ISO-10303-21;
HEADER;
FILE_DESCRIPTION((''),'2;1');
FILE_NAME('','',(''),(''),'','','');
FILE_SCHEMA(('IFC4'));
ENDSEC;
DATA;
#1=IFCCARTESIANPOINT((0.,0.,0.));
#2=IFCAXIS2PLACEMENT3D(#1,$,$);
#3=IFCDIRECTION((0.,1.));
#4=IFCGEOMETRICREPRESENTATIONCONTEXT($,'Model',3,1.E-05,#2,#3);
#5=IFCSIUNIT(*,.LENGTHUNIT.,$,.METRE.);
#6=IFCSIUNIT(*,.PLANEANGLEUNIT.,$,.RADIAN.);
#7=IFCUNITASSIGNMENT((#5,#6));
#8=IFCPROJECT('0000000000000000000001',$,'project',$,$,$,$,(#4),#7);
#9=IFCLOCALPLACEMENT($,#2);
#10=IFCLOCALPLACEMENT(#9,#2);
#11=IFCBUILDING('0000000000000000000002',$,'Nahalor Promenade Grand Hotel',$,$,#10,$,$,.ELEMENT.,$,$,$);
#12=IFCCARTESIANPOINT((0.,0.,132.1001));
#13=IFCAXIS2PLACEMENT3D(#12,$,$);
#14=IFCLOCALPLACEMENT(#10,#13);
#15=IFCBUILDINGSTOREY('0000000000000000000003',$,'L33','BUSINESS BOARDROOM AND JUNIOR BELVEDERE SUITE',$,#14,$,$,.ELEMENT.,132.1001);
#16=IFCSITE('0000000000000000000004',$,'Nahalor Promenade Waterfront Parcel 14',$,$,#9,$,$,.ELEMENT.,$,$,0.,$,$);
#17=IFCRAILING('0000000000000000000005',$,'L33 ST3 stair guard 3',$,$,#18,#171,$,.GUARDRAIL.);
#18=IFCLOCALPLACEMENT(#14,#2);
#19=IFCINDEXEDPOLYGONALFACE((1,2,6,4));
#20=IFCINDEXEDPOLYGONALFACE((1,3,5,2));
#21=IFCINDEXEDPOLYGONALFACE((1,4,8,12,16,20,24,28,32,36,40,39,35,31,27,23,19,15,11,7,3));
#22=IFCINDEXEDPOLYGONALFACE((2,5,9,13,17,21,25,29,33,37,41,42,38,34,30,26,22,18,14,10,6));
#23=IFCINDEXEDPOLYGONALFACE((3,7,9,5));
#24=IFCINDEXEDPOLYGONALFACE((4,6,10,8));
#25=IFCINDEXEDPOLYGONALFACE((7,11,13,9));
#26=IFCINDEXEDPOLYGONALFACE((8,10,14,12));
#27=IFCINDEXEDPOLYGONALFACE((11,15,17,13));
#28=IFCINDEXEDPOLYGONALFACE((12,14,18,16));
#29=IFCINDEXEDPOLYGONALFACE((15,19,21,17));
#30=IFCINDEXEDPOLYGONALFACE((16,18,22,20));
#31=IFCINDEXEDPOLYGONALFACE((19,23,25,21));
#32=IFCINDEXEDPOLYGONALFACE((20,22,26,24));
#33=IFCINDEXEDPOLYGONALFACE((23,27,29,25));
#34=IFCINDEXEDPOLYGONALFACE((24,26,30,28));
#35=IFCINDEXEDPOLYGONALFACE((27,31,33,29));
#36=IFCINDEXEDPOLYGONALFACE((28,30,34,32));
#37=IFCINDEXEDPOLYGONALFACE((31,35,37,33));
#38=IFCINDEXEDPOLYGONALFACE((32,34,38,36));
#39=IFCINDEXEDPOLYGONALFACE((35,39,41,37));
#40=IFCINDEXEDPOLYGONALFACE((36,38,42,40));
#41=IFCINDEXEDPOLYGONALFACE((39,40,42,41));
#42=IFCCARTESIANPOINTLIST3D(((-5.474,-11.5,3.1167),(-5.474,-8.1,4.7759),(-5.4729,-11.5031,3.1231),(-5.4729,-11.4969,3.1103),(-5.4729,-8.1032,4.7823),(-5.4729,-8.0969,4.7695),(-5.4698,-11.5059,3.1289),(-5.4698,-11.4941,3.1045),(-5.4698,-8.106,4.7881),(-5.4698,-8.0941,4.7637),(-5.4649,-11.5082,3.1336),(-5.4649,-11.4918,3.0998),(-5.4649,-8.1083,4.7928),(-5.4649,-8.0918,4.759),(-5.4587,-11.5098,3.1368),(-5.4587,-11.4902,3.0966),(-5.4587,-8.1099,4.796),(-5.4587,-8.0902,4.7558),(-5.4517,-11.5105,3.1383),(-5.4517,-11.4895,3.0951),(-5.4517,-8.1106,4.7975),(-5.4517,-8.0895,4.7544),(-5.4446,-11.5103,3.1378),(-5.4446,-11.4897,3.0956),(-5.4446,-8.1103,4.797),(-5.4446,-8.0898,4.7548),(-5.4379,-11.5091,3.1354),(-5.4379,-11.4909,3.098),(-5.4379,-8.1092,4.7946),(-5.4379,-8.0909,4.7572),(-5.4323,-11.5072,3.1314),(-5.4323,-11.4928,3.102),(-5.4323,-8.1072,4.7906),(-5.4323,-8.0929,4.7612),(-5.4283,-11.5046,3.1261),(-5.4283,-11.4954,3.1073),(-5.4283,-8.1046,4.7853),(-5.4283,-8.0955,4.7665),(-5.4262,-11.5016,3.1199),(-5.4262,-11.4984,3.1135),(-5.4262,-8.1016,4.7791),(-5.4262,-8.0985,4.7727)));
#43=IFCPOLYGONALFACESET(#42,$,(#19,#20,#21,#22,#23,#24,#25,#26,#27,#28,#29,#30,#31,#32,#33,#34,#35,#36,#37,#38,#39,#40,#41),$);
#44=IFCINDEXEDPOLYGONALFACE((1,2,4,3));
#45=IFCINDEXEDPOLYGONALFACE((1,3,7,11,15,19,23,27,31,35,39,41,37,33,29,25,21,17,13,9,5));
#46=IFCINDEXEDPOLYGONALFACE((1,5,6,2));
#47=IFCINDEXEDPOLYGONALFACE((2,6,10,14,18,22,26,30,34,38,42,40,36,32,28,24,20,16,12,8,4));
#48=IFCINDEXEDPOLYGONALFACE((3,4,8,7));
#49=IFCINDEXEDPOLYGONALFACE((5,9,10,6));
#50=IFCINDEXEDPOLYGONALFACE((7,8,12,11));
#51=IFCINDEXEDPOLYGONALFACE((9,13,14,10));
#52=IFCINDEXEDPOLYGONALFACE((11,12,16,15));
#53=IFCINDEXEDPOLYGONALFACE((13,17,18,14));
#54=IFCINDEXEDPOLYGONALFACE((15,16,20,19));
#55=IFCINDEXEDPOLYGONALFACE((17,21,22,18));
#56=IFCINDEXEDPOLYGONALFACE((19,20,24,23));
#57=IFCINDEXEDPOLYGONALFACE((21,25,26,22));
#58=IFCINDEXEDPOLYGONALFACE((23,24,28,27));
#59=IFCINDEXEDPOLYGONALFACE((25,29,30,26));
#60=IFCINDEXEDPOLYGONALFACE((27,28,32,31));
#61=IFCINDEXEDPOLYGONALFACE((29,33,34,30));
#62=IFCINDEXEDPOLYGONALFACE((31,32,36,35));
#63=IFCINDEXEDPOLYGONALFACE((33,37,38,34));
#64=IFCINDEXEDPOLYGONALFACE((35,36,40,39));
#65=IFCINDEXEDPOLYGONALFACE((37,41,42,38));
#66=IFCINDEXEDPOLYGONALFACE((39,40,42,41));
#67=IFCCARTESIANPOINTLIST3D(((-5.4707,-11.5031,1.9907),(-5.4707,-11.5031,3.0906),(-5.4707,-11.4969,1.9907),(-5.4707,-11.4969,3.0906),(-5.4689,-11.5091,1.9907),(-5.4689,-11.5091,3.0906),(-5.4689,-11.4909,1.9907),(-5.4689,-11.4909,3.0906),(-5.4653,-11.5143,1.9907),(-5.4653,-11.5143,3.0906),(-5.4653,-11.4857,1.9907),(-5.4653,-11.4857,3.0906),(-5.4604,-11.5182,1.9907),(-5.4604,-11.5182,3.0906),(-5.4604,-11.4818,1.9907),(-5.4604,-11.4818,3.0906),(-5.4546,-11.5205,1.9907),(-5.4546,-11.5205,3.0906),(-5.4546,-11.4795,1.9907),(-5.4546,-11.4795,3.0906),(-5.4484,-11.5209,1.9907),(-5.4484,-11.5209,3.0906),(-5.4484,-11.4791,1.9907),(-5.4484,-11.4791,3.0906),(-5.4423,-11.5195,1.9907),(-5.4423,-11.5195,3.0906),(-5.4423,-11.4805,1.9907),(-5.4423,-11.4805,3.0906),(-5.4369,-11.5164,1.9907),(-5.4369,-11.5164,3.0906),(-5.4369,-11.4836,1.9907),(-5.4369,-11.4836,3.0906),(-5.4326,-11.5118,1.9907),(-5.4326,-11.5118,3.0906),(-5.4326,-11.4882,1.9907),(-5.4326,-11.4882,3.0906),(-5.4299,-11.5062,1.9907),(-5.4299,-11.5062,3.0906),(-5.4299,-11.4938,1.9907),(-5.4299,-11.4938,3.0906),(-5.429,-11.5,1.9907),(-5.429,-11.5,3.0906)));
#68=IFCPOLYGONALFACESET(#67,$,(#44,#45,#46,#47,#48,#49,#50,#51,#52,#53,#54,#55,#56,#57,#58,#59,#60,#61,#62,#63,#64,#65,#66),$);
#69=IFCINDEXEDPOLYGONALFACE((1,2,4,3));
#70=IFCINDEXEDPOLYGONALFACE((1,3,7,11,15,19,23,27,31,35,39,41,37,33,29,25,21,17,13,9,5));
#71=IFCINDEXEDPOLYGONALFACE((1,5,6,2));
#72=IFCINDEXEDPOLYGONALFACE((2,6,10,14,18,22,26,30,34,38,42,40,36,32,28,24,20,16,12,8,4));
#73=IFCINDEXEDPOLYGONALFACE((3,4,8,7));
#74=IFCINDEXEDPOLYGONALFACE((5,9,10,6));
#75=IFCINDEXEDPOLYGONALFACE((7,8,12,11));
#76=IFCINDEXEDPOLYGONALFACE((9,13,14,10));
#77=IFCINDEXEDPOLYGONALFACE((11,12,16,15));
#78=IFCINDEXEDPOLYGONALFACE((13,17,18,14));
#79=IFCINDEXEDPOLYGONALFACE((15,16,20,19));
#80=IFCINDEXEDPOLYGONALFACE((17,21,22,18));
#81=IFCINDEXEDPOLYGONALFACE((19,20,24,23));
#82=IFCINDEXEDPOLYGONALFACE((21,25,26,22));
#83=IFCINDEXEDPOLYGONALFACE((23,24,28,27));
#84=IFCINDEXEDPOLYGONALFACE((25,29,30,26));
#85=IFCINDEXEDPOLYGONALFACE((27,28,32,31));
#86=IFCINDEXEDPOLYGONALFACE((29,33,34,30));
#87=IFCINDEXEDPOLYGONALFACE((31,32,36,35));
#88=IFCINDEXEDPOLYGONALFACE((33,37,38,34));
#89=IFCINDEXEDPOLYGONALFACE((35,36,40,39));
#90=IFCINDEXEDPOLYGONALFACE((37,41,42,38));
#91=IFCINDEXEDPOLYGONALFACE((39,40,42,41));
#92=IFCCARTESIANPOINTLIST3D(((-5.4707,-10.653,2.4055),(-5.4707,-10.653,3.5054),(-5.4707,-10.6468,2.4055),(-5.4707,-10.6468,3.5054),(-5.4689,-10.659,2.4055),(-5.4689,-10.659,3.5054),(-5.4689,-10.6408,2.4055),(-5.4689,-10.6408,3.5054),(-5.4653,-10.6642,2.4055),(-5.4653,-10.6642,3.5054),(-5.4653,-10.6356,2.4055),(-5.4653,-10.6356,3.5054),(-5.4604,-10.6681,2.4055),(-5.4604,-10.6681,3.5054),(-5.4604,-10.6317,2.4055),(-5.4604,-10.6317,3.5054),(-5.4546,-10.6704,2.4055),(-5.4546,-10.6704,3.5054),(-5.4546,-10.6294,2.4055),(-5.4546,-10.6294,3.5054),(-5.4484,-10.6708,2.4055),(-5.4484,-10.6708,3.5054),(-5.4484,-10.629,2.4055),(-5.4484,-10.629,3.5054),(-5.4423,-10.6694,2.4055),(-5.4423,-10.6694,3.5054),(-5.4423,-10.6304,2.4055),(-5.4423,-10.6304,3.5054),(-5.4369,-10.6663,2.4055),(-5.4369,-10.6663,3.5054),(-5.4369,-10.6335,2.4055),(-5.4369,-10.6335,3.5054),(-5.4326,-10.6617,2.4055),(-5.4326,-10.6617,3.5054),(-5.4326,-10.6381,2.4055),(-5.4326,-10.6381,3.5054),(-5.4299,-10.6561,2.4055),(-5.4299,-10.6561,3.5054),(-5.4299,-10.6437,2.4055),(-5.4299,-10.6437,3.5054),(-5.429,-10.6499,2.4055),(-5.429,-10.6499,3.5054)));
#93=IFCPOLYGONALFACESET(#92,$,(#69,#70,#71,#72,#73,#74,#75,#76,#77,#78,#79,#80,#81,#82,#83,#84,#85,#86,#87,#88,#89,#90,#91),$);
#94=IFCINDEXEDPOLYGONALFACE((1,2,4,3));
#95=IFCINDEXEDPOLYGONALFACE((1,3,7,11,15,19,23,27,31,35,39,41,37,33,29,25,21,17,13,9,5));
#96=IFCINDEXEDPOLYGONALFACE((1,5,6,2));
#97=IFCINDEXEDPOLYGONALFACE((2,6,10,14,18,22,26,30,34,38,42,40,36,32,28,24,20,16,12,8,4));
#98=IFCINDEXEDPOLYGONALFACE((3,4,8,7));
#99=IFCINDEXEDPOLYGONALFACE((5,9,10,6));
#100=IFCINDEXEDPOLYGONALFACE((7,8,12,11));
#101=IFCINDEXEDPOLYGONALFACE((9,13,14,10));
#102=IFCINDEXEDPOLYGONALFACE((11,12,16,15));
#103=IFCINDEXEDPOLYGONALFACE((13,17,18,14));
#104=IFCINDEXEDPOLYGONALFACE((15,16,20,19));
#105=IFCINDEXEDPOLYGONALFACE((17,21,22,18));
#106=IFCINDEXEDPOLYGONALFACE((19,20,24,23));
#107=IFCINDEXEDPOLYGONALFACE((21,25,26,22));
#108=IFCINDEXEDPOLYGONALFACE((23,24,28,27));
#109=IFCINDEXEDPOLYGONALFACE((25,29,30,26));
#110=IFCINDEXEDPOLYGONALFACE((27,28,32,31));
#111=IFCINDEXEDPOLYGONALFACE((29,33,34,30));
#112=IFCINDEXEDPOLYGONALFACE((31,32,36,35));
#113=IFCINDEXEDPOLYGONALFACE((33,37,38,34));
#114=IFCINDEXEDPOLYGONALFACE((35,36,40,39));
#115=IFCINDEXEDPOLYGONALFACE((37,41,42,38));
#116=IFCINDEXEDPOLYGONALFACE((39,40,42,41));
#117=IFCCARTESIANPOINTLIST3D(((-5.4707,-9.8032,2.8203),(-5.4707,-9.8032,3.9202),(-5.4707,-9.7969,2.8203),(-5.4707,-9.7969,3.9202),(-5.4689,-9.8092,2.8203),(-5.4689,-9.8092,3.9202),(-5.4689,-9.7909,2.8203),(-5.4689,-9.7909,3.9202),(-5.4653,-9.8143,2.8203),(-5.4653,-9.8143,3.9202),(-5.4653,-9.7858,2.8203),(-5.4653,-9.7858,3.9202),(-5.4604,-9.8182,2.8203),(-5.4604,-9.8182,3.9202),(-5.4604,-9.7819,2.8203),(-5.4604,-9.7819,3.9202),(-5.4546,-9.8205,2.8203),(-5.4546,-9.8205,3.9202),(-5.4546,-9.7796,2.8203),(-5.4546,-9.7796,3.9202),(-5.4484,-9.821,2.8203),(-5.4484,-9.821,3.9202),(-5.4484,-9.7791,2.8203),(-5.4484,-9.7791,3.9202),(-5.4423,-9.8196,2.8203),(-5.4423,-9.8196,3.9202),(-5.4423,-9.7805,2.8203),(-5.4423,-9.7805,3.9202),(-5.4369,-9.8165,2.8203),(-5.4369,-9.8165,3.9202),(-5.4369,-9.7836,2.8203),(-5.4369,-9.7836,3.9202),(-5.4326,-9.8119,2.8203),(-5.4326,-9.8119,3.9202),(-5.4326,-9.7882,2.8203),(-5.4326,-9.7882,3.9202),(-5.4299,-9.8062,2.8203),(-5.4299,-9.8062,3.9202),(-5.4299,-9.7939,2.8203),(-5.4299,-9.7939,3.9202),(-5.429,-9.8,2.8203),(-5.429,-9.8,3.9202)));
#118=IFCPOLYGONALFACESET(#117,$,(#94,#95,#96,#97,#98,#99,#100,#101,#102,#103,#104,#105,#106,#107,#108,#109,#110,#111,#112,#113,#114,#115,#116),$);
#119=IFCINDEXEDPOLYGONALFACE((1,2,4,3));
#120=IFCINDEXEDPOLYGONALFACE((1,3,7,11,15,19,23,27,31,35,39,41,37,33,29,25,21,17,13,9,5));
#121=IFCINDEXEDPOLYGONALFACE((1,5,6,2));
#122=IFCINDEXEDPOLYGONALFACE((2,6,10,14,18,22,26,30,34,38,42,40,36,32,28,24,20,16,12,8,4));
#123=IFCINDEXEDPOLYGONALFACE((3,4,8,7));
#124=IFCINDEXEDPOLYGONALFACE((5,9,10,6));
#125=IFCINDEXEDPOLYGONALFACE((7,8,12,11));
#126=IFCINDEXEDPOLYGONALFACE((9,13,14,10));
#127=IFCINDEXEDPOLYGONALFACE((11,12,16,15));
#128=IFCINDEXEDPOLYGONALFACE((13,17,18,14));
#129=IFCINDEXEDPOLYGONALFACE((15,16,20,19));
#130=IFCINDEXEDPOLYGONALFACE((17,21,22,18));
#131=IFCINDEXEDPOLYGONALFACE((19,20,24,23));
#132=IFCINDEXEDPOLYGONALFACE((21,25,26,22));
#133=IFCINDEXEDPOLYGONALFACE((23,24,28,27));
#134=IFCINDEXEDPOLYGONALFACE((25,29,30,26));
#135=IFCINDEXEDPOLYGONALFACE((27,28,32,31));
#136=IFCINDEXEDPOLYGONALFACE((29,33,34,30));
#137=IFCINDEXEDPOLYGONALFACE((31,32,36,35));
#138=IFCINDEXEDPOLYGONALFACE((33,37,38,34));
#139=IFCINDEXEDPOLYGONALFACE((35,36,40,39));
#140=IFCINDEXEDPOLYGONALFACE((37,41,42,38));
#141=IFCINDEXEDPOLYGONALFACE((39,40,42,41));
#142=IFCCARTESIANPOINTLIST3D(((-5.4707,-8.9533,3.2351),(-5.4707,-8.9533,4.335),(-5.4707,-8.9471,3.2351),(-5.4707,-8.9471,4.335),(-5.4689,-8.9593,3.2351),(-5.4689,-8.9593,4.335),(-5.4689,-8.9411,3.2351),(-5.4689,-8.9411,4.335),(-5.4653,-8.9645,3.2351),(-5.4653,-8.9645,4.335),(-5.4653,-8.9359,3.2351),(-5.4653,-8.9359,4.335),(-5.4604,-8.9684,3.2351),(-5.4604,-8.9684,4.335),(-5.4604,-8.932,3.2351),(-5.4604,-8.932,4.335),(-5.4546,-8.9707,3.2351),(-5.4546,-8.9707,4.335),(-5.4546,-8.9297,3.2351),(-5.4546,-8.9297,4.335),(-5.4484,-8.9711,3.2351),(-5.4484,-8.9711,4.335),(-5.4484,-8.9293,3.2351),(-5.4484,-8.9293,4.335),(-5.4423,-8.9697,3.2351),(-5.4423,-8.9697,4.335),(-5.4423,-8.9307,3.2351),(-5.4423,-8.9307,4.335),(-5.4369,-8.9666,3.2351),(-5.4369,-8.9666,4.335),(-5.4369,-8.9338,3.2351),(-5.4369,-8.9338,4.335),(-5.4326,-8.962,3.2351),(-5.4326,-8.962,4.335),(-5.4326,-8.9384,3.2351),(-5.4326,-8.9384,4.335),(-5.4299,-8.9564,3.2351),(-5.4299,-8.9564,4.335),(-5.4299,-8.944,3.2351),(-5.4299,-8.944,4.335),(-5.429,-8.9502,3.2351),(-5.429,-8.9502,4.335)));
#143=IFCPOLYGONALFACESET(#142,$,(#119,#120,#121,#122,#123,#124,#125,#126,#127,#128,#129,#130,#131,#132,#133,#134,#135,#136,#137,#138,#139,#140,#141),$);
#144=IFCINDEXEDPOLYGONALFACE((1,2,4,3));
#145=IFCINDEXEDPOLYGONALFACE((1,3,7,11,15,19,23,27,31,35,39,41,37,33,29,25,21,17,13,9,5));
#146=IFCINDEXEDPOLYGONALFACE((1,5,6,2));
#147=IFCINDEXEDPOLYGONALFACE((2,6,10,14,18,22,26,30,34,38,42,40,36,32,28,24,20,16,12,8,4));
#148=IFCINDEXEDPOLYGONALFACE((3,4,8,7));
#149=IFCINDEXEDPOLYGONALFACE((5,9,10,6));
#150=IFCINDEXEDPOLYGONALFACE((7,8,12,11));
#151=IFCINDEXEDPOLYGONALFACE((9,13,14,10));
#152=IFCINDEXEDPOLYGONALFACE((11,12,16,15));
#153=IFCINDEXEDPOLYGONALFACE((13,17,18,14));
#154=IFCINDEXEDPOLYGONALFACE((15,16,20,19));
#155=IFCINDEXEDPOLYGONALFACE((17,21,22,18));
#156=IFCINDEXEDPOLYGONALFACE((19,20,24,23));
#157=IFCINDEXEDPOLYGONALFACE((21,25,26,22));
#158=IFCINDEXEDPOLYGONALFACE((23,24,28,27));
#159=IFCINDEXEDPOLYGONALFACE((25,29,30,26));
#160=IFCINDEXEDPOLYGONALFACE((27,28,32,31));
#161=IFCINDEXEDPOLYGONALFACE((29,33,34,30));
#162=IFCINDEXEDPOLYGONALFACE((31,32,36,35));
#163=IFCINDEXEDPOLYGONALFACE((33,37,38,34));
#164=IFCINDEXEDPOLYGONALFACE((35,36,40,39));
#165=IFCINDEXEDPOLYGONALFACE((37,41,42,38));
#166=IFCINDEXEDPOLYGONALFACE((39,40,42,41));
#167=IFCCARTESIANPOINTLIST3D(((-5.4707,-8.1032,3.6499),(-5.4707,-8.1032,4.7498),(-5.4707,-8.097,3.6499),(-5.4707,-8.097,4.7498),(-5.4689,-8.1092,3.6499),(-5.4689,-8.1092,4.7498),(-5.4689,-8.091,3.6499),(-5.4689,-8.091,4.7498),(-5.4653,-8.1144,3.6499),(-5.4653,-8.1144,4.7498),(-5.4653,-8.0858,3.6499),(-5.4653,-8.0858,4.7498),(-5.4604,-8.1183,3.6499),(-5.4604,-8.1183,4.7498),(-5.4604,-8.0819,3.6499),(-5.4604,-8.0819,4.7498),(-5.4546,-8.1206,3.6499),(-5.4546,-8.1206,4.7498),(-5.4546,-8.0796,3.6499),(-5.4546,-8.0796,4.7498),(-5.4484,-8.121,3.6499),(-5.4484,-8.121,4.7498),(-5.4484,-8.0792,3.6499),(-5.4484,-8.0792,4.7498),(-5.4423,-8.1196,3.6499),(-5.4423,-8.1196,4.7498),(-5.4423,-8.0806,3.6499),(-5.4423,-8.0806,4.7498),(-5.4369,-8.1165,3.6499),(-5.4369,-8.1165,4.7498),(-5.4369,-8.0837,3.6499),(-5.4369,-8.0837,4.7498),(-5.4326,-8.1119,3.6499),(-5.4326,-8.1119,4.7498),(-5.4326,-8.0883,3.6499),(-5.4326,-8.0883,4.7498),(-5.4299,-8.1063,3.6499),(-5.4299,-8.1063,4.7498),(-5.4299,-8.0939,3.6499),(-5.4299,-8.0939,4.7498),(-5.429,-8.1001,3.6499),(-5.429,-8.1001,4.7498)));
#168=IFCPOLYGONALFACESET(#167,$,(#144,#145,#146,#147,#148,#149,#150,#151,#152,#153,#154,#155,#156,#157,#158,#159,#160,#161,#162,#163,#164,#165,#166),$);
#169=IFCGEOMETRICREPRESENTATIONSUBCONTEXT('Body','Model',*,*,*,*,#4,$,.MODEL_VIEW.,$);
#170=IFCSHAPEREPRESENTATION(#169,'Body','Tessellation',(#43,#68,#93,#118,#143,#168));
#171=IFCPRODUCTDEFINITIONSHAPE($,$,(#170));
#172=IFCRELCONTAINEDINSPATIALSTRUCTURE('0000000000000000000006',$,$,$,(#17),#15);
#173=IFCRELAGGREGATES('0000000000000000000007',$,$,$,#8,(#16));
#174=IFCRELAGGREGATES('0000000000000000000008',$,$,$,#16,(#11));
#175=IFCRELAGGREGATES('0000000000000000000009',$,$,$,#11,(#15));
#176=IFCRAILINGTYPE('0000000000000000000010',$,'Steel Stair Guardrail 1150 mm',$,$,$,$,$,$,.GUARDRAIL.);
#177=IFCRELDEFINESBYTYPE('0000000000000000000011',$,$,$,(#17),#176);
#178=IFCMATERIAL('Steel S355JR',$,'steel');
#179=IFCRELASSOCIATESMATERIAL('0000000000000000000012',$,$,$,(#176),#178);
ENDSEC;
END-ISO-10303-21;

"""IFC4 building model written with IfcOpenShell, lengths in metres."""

from ifc_helpers import new_model, si_unit, direction, frame, origin, origin_2d, place, context, subcontext, project, spatial, circle, extrude, material, type_object, element, save


model = new_model("IFC4")

# Units and contexts
model_context = context("Model", 3, precision=1e-05, world=origin(), true_north=direction((0.0, 1.0)))
body_context = subcontext(model_context, "Body", "Model", "MODEL_VIEW")
ifc_project = project(units=[si_unit("LENGTHUNIT", "METRE"), si_unit("PLANEANGLEUNIT", "RADIAN")], contexts=[model_context])

# Site, building, storey
site_placement = place(None, origin())
site = spatial("IfcSite", under=ifc_project, at=site_placement, Name="Nahalor Promenade Waterfront Parcel 14", CompositionType="ELEMENT", RefElevation=0.0)
building_placement = place(site_placement, origin())
building = spatial("IfcBuilding", under=site, at=building_placement, Name="Nahalor Promenade Grand Hotel", CompositionType="ELEMENT")
storey_placement = place(building_placement, frame((0.0, 0.0, 132.1001)))
storey = spatial("IfcBuildingStorey", under=building, at=storey_placement, Name="L33", Description="BUSINESS BOARDROOM AND JUNIOR BELVEDERE SUITE", CompositionType="ELEMENT", Elevation=132.1001)

# Shared definitions
ifc_material_1 = material(Name="Steel S355JR", Category="steel")

# Railing
railing_type_1 = type_object("IfcRailingType", Name="Steel Stair Guardrail 1150 mm", PredefinedType="GUARDRAIL", material=ifc_material_1)
railing_1_placement = place(storey_placement, frame((-5.45, -11.5, 1.9907)))
element("IfcRailing", 1, at=railing_1_placement, inside=storey, type_object=railing_type_1, Name="L33 ST3 stair guard 3", PredefinedType="GUARDRAIL", context=body_context, shape_type="SweptSolid", body=[
    extrude(circle(Radius=0.024, at=origin_2d()), frame((0.0, 0.0, 1.126), z_axis=(0.0, 0.898696, 0.438571), x_axis=(-1.0, 0.0, 0.0)), (0.0, 0.0, 1.0), 3.7832),
    extrude(circle(Radius=0.021, at=origin_2d()), origin(), (0.0, 0.0, 1.0), 1.0999),
    extrude(circle(Radius=0.021, at=origin_2d()), frame((0.0, 0.8501, 0.4148)), (0.0, 0.0, 1.0), 1.0999),
    extrude(circle(Radius=0.021, at=origin_2d()), frame((0.0, 1.7, 0.8296)), (0.0, 0.0, 1.0), 1.0999),
    extrude(circle(Radius=0.021, at=origin_2d()), frame((0.0, 2.5498, 1.2444)), (0.0, 0.0, 1.0), 1.0999),
    extrude(circle(Radius=0.021, at=origin_2d()), frame((0.0, 3.3999, 1.6592)), (0.0, 0.0, 1.0), 1.0999),
])

save(model, "model.ifc")
